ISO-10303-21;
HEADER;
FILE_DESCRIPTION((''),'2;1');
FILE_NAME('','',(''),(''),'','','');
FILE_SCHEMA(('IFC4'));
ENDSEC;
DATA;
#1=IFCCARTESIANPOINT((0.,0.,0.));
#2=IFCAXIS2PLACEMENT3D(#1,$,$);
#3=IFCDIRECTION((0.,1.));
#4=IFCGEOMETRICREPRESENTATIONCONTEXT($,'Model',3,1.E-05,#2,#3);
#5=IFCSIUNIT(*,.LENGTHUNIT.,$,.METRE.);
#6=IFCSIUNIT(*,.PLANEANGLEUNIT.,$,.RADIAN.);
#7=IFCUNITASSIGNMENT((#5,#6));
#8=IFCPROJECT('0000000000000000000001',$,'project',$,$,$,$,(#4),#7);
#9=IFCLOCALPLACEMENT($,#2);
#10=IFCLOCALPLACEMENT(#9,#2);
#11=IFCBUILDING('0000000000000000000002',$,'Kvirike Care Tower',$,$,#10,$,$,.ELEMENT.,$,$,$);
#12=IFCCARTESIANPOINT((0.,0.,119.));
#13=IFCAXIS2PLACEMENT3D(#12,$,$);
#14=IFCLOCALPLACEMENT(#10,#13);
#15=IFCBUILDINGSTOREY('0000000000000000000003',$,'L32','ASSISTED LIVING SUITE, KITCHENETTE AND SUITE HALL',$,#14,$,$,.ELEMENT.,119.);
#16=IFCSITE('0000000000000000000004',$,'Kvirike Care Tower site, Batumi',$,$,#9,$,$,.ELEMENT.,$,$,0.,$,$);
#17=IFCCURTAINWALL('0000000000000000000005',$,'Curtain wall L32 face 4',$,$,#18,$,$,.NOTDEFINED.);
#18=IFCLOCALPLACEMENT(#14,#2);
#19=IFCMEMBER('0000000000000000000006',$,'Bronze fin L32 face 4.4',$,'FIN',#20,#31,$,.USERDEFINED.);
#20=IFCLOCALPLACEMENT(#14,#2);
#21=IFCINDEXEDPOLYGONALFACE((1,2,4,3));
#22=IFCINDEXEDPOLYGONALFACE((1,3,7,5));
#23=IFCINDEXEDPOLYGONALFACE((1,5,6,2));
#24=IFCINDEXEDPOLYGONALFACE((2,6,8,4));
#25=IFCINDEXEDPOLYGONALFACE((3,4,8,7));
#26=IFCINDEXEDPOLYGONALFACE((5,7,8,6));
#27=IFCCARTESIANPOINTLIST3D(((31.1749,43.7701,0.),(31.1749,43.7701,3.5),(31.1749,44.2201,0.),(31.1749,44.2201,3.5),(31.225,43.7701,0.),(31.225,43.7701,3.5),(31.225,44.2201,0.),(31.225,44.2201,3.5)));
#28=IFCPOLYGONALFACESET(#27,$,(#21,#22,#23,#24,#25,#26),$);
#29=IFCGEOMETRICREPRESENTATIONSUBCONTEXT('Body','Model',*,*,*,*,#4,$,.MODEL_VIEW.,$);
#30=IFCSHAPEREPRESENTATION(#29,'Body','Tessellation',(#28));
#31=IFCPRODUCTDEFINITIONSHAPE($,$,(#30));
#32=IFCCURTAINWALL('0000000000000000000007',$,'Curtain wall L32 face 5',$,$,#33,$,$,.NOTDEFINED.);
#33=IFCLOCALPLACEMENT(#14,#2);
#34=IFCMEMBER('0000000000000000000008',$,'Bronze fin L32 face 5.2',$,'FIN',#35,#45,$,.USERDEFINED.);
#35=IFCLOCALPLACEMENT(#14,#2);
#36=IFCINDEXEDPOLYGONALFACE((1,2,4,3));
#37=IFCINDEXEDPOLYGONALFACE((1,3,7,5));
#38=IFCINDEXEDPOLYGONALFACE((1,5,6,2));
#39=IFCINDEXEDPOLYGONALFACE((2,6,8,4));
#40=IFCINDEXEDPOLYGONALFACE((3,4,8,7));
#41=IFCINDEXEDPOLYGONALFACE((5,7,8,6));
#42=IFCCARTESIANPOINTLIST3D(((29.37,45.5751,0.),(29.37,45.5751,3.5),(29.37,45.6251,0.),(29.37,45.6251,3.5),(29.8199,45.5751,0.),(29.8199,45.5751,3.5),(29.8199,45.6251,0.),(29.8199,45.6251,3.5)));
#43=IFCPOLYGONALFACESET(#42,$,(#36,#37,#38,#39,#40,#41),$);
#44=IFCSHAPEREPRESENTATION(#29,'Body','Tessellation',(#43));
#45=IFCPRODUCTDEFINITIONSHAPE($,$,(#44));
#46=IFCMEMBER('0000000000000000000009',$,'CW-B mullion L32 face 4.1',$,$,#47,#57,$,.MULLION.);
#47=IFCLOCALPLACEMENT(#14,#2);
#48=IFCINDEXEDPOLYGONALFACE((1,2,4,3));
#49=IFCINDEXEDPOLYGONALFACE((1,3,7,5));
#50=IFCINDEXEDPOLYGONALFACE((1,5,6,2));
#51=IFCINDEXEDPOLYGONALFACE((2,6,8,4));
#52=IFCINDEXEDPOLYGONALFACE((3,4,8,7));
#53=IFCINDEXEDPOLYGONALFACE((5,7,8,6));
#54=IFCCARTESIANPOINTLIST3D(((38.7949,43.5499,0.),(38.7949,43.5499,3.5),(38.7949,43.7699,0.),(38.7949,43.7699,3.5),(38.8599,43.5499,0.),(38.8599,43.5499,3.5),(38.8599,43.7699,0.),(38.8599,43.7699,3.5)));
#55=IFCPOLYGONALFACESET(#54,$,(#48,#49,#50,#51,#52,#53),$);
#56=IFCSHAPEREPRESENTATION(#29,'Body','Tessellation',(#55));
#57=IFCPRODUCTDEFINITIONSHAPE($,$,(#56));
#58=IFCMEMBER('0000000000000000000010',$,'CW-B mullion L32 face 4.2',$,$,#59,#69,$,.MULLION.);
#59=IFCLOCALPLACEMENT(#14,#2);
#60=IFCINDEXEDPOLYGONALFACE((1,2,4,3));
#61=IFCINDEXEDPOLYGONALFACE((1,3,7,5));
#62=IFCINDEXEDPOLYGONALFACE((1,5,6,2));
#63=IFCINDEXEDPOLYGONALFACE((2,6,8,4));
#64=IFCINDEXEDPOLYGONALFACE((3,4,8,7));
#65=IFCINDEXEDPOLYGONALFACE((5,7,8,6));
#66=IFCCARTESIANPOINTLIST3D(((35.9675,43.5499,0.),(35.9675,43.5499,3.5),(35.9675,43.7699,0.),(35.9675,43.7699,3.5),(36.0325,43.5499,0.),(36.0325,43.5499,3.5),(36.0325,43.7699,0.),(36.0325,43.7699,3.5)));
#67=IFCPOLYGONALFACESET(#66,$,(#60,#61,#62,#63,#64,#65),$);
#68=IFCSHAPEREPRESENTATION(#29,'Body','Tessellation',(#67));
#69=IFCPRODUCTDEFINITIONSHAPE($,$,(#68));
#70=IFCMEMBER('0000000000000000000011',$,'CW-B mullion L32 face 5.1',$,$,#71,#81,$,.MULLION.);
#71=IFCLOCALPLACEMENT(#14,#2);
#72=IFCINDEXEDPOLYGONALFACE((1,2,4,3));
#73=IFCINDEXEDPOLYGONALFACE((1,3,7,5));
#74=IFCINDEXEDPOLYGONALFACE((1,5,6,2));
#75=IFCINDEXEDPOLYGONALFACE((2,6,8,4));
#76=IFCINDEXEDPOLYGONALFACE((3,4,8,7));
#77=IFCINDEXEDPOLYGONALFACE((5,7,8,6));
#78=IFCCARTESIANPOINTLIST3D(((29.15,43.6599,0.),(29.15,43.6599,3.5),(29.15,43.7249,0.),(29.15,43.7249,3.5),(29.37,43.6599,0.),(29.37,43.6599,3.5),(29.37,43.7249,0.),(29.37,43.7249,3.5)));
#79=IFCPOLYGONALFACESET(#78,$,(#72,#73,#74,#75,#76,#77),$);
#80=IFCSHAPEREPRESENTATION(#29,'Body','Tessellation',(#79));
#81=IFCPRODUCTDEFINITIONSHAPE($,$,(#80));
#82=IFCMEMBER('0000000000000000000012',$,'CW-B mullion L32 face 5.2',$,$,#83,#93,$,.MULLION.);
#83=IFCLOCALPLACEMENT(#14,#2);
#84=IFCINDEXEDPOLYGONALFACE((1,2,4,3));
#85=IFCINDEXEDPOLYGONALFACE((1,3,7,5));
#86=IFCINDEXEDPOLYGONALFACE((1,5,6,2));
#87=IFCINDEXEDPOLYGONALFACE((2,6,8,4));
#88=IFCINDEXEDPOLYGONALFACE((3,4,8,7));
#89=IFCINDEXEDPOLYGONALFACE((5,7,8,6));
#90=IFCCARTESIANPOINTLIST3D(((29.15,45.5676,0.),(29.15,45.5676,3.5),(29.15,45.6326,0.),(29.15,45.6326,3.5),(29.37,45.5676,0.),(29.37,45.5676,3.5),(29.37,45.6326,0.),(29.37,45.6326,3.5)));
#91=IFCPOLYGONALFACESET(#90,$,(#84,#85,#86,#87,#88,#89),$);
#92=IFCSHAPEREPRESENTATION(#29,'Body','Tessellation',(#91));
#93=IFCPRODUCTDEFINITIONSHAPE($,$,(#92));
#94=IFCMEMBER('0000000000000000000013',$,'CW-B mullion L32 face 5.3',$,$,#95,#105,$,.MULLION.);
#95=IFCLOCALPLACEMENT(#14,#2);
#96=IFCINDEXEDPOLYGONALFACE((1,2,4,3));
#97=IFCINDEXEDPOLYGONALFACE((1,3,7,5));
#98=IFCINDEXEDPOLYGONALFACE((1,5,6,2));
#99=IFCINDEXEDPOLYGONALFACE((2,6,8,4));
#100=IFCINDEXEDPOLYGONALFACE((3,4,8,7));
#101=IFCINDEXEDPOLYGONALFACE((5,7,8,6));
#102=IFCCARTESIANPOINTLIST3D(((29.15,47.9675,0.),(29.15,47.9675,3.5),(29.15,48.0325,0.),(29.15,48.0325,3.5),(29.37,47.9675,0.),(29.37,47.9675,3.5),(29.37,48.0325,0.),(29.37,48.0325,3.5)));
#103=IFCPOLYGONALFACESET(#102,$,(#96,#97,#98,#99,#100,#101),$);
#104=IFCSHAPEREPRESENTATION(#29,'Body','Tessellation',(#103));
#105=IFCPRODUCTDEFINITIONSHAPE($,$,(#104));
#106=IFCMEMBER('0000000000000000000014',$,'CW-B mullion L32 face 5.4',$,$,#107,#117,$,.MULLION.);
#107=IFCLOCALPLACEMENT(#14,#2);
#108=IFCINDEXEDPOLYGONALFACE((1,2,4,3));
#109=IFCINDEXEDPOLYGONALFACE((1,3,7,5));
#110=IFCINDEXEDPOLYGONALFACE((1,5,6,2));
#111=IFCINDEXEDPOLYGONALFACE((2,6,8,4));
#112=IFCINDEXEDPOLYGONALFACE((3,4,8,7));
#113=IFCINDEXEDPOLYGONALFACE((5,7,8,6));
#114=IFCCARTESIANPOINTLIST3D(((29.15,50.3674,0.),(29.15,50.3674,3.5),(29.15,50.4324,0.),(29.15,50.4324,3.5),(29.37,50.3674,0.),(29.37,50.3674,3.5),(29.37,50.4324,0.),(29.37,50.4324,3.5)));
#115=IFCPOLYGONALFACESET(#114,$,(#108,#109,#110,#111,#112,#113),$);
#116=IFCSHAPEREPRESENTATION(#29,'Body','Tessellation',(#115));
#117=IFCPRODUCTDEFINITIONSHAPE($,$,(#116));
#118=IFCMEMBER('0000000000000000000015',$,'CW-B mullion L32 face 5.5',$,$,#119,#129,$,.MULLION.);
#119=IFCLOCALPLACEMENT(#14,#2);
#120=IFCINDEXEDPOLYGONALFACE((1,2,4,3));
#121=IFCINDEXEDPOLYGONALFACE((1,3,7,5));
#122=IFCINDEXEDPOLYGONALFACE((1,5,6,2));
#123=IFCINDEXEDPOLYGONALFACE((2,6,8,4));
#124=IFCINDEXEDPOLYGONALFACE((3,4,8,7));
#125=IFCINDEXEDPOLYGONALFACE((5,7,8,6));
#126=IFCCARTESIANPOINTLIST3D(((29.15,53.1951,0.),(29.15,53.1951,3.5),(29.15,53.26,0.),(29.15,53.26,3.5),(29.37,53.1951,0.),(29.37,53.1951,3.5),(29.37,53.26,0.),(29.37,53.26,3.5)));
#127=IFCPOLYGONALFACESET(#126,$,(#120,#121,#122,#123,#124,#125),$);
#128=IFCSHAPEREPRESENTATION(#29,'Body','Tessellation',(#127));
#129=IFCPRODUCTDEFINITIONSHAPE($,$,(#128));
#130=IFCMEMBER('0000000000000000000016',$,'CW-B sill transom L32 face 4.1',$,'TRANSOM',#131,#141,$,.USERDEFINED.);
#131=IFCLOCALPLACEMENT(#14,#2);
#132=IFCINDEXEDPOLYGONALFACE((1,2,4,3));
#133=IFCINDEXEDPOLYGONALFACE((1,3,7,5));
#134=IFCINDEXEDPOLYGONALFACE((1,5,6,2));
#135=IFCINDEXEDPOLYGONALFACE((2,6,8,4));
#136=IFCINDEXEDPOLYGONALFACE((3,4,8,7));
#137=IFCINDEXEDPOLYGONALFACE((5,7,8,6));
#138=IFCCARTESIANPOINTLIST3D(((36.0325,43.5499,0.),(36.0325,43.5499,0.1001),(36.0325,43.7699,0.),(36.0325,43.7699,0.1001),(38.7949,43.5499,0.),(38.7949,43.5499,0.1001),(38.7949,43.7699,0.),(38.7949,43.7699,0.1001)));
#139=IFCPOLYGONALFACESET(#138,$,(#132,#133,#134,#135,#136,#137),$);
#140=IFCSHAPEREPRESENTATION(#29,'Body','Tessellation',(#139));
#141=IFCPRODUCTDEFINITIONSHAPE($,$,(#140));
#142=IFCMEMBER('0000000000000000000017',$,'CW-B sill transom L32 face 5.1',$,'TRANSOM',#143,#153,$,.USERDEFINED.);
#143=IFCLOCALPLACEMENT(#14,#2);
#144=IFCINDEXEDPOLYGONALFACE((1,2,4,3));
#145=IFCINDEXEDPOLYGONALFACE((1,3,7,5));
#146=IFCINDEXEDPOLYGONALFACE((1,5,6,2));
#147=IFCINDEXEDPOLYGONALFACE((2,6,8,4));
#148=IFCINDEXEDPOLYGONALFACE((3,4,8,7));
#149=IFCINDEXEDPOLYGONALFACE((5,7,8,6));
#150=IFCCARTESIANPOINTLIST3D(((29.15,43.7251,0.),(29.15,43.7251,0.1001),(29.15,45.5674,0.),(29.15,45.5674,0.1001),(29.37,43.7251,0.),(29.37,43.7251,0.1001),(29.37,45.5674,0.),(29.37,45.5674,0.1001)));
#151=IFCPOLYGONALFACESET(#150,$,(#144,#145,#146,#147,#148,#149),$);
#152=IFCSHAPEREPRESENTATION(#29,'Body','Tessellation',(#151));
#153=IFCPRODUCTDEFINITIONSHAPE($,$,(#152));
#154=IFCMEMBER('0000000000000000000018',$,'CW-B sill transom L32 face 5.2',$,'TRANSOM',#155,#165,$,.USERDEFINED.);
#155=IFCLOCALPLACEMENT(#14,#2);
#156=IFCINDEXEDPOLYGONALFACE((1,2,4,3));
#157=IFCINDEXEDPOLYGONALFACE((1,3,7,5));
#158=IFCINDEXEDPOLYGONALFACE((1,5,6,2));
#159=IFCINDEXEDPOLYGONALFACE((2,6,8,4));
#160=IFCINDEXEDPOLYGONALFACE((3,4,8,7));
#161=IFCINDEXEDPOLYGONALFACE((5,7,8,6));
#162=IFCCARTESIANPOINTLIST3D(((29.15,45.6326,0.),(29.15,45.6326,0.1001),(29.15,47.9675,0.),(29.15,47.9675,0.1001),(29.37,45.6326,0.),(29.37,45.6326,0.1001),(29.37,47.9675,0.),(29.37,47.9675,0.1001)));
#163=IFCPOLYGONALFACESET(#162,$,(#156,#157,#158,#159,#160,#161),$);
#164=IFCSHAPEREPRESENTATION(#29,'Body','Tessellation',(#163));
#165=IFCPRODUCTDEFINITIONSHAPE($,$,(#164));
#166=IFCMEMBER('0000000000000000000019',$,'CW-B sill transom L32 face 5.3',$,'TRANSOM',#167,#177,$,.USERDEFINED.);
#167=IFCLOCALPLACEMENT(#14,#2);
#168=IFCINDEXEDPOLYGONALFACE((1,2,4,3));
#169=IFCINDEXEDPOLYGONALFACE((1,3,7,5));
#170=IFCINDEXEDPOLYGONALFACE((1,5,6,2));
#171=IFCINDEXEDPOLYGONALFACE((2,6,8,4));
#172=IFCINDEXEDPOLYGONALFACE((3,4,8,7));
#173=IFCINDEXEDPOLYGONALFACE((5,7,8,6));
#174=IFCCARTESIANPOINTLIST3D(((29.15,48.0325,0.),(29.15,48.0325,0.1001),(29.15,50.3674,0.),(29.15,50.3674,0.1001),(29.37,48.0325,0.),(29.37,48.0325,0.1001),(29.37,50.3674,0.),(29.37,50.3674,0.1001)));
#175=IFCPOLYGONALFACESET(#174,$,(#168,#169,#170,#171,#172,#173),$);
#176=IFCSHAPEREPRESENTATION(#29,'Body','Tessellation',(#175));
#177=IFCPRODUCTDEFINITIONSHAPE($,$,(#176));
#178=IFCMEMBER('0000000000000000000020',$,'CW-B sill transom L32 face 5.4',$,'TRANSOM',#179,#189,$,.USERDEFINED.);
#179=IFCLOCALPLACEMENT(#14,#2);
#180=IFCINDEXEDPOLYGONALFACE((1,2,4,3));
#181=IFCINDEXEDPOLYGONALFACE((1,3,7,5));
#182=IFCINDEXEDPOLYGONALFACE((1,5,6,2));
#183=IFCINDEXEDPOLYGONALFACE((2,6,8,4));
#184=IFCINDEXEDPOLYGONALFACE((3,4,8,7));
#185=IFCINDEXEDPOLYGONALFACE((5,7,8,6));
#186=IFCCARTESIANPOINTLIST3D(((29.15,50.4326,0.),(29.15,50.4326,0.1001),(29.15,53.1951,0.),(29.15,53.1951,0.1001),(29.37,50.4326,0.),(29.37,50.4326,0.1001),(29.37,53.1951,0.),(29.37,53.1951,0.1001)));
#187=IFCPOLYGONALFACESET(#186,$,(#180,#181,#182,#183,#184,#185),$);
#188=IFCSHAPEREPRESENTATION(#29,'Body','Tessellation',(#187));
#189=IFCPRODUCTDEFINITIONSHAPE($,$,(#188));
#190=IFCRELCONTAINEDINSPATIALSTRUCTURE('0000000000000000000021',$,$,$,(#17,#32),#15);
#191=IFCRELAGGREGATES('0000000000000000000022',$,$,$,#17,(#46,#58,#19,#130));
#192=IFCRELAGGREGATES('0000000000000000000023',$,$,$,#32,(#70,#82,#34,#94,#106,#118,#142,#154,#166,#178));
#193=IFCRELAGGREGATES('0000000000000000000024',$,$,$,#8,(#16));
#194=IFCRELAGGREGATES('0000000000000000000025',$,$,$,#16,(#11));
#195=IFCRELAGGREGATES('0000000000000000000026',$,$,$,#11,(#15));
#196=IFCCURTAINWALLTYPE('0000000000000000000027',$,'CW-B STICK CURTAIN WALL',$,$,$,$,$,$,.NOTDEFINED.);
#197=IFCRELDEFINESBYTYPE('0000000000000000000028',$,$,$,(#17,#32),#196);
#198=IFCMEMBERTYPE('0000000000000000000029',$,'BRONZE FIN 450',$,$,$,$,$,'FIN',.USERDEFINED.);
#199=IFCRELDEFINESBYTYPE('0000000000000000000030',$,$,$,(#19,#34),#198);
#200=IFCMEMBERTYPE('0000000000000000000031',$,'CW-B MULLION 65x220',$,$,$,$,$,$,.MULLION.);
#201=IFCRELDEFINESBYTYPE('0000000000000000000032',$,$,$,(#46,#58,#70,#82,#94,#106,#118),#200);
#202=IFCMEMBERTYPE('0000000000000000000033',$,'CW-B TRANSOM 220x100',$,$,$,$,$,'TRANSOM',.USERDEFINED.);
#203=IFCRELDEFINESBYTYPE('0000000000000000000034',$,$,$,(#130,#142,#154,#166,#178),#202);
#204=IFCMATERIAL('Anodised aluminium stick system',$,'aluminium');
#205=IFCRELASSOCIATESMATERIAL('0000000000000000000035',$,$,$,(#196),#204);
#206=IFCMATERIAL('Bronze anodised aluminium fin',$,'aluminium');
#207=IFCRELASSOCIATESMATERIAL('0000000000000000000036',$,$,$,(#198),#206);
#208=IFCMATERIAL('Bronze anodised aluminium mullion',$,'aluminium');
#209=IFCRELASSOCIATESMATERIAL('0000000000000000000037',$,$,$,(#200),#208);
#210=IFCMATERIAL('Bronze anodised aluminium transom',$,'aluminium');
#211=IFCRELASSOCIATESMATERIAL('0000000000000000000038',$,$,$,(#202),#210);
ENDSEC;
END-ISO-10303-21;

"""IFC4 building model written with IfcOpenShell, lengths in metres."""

from ifc_helpers import new_model, si_unit, direction, frame, origin, origin_2d, place, context, subcontext, project, spatial, rectangle, extrude, material, material_profile, profile_set, type_object, element, aggregate, save


model = new_model("IFC4")

# Units and contexts
model_context = context("Model", 3, precision=1e-05, world=origin(), true_north=direction((0.0, 1.0)))
body_context = subcontext(model_context, "Body", "Model", "MODEL_VIEW")
ifc_project = project(units=[si_unit("LENGTHUNIT", "METRE"), si_unit("PLANEANGLEUNIT", "RADIAN")], contexts=[model_context])

# Site, building, storey
site_placement = place(None, origin())
site = spatial("IfcSite", under=ifc_project, at=site_placement, Name="Kvirike Care Tower site, Batumi", CompositionType="ELEMENT", RefElevation=0.0)
building_placement = place(site_placement, origin())
building = spatial("IfcBuilding", under=site, at=building_placement, Name="Kvirike Care Tower", CompositionType="ELEMENT")
storey_placement = place(building_placement, frame((0.0, 0.0, 119.0)))
storey = spatial("IfcBuildingStorey", under=building, at=storey_placement, Name="L32", Description="ASSISTED LIVING SUITE, KITCHENETTE AND SUITE HALL", CompositionType="ELEMENT", Elevation=119.0)

# Curtain walls, members
ifc_material_1 = material(Name="Anodised aluminium stick system", Category="aluminium")
curtain_wall_type = type_object("IfcCurtainWallType", Name="CW-B STICK CURTAIN WALL", PredefinedType="NOTDEFINED", material=ifc_material_1)
curtain_wall_1_placement = place(storey_placement, origin())
curtain_wall_1 = element("IfcCurtainWall", 1, at=curtain_wall_1_placement, inside=storey, type_object=curtain_wall_type, Name="Curtain wall L32 face 4", PredefinedType="NOTDEFINED")
ifc_material_2 = material(Name="Bronze anodised aluminium fin", Category="aluminium")
ifc_material_profile_1 = material_profile(ifc_material_2, rectangle(XDim=0.05, YDim=0.45, at=origin_2d()), Name="BRONZE FIN 450")
ifc_profile_set_1 = profile_set([ifc_material_profile_1], Name="Bronze anodised aluminium fin")
member_type_1 = type_object("IfcMemberType", Name="BRONZE FIN 450", ElementType="FIN", PredefinedType="USERDEFINED", material=ifc_profile_set_1)
member_1_placement = place(storey_placement, frame((31.2, 43.9951, 0.0), z_axis=(0.0, 0.0, 1.0), x_axis=(-1.0, 0.0, 0.0)))
member_1 = element("IfcMember", 2, at=member_1_placement, type_object=member_type_1, Name="Bronze fin L32 face 4.4", ObjectType="FIN", PredefinedType="USERDEFINED", context=body_context, shape_type="SweptSolid", body=[
    extrude(rectangle(XDim=0.05, YDim=0.45, at=origin_2d()), origin(), (0.0, 0.0, 1.0), 3.5),
])
curtain_wall_2_placement = place(storey_placement, origin())
curtain_wall_2 = element("IfcCurtainWall", 3, at=curtain_wall_2_placement, inside=storey, type_object=curtain_wall_type, Name="Curtain wall L32 face 5", PredefinedType="NOTDEFINED")
member_2_placement = place(storey_placement, frame((29.595, 45.6001, 0.0), z_axis=(0.0, 0.0, 1.0), x_axis=(0.0, 1.0, 0.0)))
member_2 = element("IfcMember", 4, at=member_2_placement, type_object=member_type_1, Name="Bronze fin L32 face 5.2", ObjectType="FIN", PredefinedType="USERDEFINED", context=body_context, shape_type="SweptSolid", body=[
    extrude(rectangle(XDim=0.05, YDim=0.45, at=origin_2d()), origin(), (0.0, 0.0, 1.0), 3.5),
])

# Members
ifc_material_3 = material(Name="Bronze anodised aluminium mullion", Category="aluminium")
ifc_material_profile_2 = material_profile(ifc_material_3, rectangle(XDim=0.0649, YDim=0.22, at=origin_2d()), Name="CW-B MULLION 65x220")
ifc_profile_set_2 = profile_set([ifc_material_profile_2], Name="Bronze anodised aluminium mullion")
member_type_2 = type_object("IfcMemberType", Name="CW-B MULLION 65x220", PredefinedType="MULLION", material=ifc_profile_set_2)
member_3_placement = place(storey_placement, frame((38.8274, 43.6599, 0.0), z_axis=(0.0, 0.0, 1.0), x_axis=(-1.0, 0.0, 0.0)))
member_3 = element("IfcMember", 5, at=member_3_placement, type_object=member_type_2, Name="CW-B mullion L32 face 4.1", PredefinedType="MULLION", context=body_context, shape_type="SweptSolid", body=[
    extrude(rectangle(XDim=0.0649, YDim=0.22, at=origin_2d()), origin(), (0.0, 0.0, 1.0), 3.5),
])
member_4_placement = place(storey_placement, frame((36.0, 43.6599, 0.0), z_axis=(0.0, 0.0, 1.0), x_axis=(-1.0, 0.0, 0.0)))
member_4 = element("IfcMember", 6, at=member_4_placement, type_object=member_type_2, Name="CW-B mullion L32 face 4.2", PredefinedType="MULLION", context=body_context, shape_type="SweptSolid", body=[
    extrude(rectangle(XDim=0.0649, YDim=0.22, at=origin_2d()), origin(), (0.0, 0.0, 1.0), 3.5),
])
member_5_placement = place(storey_placement, frame((29.26, 43.6924, 0.0), z_axis=(0.0, 0.0, 1.0), x_axis=(0.0, 1.0, 0.0)))
member_5 = element("IfcMember", 7, at=member_5_placement, type_object=member_type_2, Name="CW-B mullion L32 face 5.1", PredefinedType="MULLION", context=body_context, shape_type="SweptSolid", body=[
    extrude(rectangle(XDim=0.0649, YDim=0.22, at=origin_2d()), origin(), (0.0, 0.0, 1.0), 3.5),
])
member_6_placement = place(storey_placement, frame((29.26, 45.6001, 0.0), z_axis=(0.0, 0.0, 1.0), x_axis=(0.0, 1.0, 0.0)))
member_6 = element("IfcMember", 8, at=member_6_placement, type_object=member_type_2, Name="CW-B mullion L32 face 5.2", PredefinedType="MULLION", context=body_context, shape_type="SweptSolid", body=[
    extrude(rectangle(XDim=0.0649, YDim=0.22, at=origin_2d()), origin(), (0.0, 0.0, 1.0), 3.5),
])
member_7_placement = place(storey_placement, frame((29.26, 48.0, 0.0), z_axis=(0.0, 0.0, 1.0), x_axis=(0.0, 1.0, 0.0)))
member_7 = element("IfcMember", 9, at=member_7_placement, type_object=member_type_2, Name="CW-B mullion L32 face 5.3", PredefinedType="MULLION", context=body_context, shape_type="SweptSolid", body=[
    extrude(rectangle(XDim=0.0649, YDim=0.22, at=origin_2d()), origin(), (0.0, 0.0, 1.0), 3.5),
])
member_8_placement = place(storey_placement, frame((29.26, 50.3999, 0.0), z_axis=(0.0, 0.0, 1.0), x_axis=(0.0, 1.0, 0.0)))
member_8 = element("IfcMember", 10, at=member_8_placement, type_object=member_type_2, Name="CW-B mullion L32 face 5.4", PredefinedType="MULLION", context=body_context, shape_type="SweptSolid", body=[
    extrude(rectangle(XDim=0.0649, YDim=0.22, at=origin_2d()), origin(), (0.0, 0.0, 1.0), 3.5),
])
member_9_placement = place(storey_placement, frame((29.26, 53.2275, 0.0), z_axis=(0.0, 0.0, 1.0), x_axis=(0.0, 1.0, 0.0)))
member_9 = element("IfcMember", 11, at=member_9_placement, type_object=member_type_2, Name="CW-B mullion L32 face 5.5", PredefinedType="MULLION", context=body_context, shape_type="SweptSolid", body=[
    extrude(rectangle(XDim=0.0649, YDim=0.22, at=origin_2d()), origin(), (0.0, 0.0, 1.0), 3.5),
])
ifc_material_4 = material(Name="Bronze anodised aluminium transom", Category="aluminium")
ifc_material_profile_3 = material_profile(ifc_material_4, rectangle(XDim=0.22, YDim=0.1001, at=origin_2d()), Name="CW-B TRANSOM 220x100")
ifc_profile_set_3 = profile_set([ifc_material_profile_3], Name="Bronze anodised aluminium transom")
member_type_3 = type_object("IfcMemberType", Name="CW-B TRANSOM 220x100", ElementType="TRANSOM", PredefinedType="USERDEFINED", material=ifc_profile_set_3)
member_10_placement = place(storey_placement, frame((38.7949, 43.6599, 0.05), z_axis=(-1.0, 0.0, 0.0), x_axis=(0.0, -1.0, 0.0)))
member_10 = element("IfcMember", 12, at=member_10_placement, type_object=member_type_3, Name="CW-B sill transom L32 face 4.1", ObjectType="TRANSOM", PredefinedType="USERDEFINED", context=body_context, shape_type="SweptSolid", body=[
    extrude(rectangle(XDim=0.22, YDim=0.1001, at=origin_2d()), origin(), (0.0, 0.0, 1.0), 2.7625),
])
member_11_placement = place(storey_placement, frame((29.26, 43.7251, 0.05), z_axis=(0.0, 1.0, 0.0), x_axis=(-1.0, 0.0, 0.0)))
member_11 = element("IfcMember", 13, at=member_11_placement, type_object=member_type_3, Name="CW-B sill transom L32 face 5.1", ObjectType="TRANSOM", PredefinedType="USERDEFINED", context=body_context, shape_type="SweptSolid", body=[
    extrude(rectangle(XDim=0.22, YDim=0.1001, at=origin_2d()), origin(), (0.0, 0.0, 1.0), 1.8423),
])
member_12_placement = place(storey_placement, frame((29.26, 45.6326, 0.05), z_axis=(0.0, 1.0, 0.0), x_axis=(-1.0, 0.0, 0.0)))
member_12 = element("IfcMember", 14, at=member_12_placement, type_object=member_type_3, Name="CW-B sill transom L32 face 5.2", ObjectType="TRANSOM", PredefinedType="USERDEFINED", context=body_context, shape_type="SweptSolid", body=[
    extrude(rectangle(XDim=0.22, YDim=0.1001, at=origin_2d()), origin(), (0.0, 0.0, 1.0), 2.335),
])
member_13_placement = place(storey_placement, frame((29.26, 48.0325, 0.05), z_axis=(0.0, 1.0, 0.0), x_axis=(-1.0, 0.0, 0.0)))
member_13 = element("IfcMember", 15, at=member_13_placement, type_object=member_type_3, Name="CW-B sill transom L32 face 5.3", ObjectType="TRANSOM", PredefinedType="USERDEFINED", context=body_context, shape_type="SweptSolid", body=[
    extrude(rectangle(XDim=0.22, YDim=0.1001, at=origin_2d()), origin(), (0.0, 0.0, 1.0), 2.335),
])
member_14_placement = place(storey_placement, frame((29.26, 50.4326, 0.05), z_axis=(0.0, 1.0, 0.0), x_axis=(-1.0, 0.0, 0.0)))
member_14 = element("IfcMember", 16, at=member_14_placement, type_object=member_type_3, Name="CW-B sill transom L32 face 5.4", ObjectType="TRANSOM", PredefinedType="USERDEFINED", context=body_context, shape_type="SweptSolid", body=[
    extrude(rectangle(XDim=0.22, YDim=0.1001, at=origin_2d()), origin(), (0.0, 0.0, 1.0), 2.7625),
])

aggregate(curtain_wall_1, [member_3, member_4, member_1, member_10])
aggregate(curtain_wall_2, [member_5, member_6, member_2, member_7, member_8, member_9, member_11, member_12, member_13, member_14])

save(model, "model.ifc")
